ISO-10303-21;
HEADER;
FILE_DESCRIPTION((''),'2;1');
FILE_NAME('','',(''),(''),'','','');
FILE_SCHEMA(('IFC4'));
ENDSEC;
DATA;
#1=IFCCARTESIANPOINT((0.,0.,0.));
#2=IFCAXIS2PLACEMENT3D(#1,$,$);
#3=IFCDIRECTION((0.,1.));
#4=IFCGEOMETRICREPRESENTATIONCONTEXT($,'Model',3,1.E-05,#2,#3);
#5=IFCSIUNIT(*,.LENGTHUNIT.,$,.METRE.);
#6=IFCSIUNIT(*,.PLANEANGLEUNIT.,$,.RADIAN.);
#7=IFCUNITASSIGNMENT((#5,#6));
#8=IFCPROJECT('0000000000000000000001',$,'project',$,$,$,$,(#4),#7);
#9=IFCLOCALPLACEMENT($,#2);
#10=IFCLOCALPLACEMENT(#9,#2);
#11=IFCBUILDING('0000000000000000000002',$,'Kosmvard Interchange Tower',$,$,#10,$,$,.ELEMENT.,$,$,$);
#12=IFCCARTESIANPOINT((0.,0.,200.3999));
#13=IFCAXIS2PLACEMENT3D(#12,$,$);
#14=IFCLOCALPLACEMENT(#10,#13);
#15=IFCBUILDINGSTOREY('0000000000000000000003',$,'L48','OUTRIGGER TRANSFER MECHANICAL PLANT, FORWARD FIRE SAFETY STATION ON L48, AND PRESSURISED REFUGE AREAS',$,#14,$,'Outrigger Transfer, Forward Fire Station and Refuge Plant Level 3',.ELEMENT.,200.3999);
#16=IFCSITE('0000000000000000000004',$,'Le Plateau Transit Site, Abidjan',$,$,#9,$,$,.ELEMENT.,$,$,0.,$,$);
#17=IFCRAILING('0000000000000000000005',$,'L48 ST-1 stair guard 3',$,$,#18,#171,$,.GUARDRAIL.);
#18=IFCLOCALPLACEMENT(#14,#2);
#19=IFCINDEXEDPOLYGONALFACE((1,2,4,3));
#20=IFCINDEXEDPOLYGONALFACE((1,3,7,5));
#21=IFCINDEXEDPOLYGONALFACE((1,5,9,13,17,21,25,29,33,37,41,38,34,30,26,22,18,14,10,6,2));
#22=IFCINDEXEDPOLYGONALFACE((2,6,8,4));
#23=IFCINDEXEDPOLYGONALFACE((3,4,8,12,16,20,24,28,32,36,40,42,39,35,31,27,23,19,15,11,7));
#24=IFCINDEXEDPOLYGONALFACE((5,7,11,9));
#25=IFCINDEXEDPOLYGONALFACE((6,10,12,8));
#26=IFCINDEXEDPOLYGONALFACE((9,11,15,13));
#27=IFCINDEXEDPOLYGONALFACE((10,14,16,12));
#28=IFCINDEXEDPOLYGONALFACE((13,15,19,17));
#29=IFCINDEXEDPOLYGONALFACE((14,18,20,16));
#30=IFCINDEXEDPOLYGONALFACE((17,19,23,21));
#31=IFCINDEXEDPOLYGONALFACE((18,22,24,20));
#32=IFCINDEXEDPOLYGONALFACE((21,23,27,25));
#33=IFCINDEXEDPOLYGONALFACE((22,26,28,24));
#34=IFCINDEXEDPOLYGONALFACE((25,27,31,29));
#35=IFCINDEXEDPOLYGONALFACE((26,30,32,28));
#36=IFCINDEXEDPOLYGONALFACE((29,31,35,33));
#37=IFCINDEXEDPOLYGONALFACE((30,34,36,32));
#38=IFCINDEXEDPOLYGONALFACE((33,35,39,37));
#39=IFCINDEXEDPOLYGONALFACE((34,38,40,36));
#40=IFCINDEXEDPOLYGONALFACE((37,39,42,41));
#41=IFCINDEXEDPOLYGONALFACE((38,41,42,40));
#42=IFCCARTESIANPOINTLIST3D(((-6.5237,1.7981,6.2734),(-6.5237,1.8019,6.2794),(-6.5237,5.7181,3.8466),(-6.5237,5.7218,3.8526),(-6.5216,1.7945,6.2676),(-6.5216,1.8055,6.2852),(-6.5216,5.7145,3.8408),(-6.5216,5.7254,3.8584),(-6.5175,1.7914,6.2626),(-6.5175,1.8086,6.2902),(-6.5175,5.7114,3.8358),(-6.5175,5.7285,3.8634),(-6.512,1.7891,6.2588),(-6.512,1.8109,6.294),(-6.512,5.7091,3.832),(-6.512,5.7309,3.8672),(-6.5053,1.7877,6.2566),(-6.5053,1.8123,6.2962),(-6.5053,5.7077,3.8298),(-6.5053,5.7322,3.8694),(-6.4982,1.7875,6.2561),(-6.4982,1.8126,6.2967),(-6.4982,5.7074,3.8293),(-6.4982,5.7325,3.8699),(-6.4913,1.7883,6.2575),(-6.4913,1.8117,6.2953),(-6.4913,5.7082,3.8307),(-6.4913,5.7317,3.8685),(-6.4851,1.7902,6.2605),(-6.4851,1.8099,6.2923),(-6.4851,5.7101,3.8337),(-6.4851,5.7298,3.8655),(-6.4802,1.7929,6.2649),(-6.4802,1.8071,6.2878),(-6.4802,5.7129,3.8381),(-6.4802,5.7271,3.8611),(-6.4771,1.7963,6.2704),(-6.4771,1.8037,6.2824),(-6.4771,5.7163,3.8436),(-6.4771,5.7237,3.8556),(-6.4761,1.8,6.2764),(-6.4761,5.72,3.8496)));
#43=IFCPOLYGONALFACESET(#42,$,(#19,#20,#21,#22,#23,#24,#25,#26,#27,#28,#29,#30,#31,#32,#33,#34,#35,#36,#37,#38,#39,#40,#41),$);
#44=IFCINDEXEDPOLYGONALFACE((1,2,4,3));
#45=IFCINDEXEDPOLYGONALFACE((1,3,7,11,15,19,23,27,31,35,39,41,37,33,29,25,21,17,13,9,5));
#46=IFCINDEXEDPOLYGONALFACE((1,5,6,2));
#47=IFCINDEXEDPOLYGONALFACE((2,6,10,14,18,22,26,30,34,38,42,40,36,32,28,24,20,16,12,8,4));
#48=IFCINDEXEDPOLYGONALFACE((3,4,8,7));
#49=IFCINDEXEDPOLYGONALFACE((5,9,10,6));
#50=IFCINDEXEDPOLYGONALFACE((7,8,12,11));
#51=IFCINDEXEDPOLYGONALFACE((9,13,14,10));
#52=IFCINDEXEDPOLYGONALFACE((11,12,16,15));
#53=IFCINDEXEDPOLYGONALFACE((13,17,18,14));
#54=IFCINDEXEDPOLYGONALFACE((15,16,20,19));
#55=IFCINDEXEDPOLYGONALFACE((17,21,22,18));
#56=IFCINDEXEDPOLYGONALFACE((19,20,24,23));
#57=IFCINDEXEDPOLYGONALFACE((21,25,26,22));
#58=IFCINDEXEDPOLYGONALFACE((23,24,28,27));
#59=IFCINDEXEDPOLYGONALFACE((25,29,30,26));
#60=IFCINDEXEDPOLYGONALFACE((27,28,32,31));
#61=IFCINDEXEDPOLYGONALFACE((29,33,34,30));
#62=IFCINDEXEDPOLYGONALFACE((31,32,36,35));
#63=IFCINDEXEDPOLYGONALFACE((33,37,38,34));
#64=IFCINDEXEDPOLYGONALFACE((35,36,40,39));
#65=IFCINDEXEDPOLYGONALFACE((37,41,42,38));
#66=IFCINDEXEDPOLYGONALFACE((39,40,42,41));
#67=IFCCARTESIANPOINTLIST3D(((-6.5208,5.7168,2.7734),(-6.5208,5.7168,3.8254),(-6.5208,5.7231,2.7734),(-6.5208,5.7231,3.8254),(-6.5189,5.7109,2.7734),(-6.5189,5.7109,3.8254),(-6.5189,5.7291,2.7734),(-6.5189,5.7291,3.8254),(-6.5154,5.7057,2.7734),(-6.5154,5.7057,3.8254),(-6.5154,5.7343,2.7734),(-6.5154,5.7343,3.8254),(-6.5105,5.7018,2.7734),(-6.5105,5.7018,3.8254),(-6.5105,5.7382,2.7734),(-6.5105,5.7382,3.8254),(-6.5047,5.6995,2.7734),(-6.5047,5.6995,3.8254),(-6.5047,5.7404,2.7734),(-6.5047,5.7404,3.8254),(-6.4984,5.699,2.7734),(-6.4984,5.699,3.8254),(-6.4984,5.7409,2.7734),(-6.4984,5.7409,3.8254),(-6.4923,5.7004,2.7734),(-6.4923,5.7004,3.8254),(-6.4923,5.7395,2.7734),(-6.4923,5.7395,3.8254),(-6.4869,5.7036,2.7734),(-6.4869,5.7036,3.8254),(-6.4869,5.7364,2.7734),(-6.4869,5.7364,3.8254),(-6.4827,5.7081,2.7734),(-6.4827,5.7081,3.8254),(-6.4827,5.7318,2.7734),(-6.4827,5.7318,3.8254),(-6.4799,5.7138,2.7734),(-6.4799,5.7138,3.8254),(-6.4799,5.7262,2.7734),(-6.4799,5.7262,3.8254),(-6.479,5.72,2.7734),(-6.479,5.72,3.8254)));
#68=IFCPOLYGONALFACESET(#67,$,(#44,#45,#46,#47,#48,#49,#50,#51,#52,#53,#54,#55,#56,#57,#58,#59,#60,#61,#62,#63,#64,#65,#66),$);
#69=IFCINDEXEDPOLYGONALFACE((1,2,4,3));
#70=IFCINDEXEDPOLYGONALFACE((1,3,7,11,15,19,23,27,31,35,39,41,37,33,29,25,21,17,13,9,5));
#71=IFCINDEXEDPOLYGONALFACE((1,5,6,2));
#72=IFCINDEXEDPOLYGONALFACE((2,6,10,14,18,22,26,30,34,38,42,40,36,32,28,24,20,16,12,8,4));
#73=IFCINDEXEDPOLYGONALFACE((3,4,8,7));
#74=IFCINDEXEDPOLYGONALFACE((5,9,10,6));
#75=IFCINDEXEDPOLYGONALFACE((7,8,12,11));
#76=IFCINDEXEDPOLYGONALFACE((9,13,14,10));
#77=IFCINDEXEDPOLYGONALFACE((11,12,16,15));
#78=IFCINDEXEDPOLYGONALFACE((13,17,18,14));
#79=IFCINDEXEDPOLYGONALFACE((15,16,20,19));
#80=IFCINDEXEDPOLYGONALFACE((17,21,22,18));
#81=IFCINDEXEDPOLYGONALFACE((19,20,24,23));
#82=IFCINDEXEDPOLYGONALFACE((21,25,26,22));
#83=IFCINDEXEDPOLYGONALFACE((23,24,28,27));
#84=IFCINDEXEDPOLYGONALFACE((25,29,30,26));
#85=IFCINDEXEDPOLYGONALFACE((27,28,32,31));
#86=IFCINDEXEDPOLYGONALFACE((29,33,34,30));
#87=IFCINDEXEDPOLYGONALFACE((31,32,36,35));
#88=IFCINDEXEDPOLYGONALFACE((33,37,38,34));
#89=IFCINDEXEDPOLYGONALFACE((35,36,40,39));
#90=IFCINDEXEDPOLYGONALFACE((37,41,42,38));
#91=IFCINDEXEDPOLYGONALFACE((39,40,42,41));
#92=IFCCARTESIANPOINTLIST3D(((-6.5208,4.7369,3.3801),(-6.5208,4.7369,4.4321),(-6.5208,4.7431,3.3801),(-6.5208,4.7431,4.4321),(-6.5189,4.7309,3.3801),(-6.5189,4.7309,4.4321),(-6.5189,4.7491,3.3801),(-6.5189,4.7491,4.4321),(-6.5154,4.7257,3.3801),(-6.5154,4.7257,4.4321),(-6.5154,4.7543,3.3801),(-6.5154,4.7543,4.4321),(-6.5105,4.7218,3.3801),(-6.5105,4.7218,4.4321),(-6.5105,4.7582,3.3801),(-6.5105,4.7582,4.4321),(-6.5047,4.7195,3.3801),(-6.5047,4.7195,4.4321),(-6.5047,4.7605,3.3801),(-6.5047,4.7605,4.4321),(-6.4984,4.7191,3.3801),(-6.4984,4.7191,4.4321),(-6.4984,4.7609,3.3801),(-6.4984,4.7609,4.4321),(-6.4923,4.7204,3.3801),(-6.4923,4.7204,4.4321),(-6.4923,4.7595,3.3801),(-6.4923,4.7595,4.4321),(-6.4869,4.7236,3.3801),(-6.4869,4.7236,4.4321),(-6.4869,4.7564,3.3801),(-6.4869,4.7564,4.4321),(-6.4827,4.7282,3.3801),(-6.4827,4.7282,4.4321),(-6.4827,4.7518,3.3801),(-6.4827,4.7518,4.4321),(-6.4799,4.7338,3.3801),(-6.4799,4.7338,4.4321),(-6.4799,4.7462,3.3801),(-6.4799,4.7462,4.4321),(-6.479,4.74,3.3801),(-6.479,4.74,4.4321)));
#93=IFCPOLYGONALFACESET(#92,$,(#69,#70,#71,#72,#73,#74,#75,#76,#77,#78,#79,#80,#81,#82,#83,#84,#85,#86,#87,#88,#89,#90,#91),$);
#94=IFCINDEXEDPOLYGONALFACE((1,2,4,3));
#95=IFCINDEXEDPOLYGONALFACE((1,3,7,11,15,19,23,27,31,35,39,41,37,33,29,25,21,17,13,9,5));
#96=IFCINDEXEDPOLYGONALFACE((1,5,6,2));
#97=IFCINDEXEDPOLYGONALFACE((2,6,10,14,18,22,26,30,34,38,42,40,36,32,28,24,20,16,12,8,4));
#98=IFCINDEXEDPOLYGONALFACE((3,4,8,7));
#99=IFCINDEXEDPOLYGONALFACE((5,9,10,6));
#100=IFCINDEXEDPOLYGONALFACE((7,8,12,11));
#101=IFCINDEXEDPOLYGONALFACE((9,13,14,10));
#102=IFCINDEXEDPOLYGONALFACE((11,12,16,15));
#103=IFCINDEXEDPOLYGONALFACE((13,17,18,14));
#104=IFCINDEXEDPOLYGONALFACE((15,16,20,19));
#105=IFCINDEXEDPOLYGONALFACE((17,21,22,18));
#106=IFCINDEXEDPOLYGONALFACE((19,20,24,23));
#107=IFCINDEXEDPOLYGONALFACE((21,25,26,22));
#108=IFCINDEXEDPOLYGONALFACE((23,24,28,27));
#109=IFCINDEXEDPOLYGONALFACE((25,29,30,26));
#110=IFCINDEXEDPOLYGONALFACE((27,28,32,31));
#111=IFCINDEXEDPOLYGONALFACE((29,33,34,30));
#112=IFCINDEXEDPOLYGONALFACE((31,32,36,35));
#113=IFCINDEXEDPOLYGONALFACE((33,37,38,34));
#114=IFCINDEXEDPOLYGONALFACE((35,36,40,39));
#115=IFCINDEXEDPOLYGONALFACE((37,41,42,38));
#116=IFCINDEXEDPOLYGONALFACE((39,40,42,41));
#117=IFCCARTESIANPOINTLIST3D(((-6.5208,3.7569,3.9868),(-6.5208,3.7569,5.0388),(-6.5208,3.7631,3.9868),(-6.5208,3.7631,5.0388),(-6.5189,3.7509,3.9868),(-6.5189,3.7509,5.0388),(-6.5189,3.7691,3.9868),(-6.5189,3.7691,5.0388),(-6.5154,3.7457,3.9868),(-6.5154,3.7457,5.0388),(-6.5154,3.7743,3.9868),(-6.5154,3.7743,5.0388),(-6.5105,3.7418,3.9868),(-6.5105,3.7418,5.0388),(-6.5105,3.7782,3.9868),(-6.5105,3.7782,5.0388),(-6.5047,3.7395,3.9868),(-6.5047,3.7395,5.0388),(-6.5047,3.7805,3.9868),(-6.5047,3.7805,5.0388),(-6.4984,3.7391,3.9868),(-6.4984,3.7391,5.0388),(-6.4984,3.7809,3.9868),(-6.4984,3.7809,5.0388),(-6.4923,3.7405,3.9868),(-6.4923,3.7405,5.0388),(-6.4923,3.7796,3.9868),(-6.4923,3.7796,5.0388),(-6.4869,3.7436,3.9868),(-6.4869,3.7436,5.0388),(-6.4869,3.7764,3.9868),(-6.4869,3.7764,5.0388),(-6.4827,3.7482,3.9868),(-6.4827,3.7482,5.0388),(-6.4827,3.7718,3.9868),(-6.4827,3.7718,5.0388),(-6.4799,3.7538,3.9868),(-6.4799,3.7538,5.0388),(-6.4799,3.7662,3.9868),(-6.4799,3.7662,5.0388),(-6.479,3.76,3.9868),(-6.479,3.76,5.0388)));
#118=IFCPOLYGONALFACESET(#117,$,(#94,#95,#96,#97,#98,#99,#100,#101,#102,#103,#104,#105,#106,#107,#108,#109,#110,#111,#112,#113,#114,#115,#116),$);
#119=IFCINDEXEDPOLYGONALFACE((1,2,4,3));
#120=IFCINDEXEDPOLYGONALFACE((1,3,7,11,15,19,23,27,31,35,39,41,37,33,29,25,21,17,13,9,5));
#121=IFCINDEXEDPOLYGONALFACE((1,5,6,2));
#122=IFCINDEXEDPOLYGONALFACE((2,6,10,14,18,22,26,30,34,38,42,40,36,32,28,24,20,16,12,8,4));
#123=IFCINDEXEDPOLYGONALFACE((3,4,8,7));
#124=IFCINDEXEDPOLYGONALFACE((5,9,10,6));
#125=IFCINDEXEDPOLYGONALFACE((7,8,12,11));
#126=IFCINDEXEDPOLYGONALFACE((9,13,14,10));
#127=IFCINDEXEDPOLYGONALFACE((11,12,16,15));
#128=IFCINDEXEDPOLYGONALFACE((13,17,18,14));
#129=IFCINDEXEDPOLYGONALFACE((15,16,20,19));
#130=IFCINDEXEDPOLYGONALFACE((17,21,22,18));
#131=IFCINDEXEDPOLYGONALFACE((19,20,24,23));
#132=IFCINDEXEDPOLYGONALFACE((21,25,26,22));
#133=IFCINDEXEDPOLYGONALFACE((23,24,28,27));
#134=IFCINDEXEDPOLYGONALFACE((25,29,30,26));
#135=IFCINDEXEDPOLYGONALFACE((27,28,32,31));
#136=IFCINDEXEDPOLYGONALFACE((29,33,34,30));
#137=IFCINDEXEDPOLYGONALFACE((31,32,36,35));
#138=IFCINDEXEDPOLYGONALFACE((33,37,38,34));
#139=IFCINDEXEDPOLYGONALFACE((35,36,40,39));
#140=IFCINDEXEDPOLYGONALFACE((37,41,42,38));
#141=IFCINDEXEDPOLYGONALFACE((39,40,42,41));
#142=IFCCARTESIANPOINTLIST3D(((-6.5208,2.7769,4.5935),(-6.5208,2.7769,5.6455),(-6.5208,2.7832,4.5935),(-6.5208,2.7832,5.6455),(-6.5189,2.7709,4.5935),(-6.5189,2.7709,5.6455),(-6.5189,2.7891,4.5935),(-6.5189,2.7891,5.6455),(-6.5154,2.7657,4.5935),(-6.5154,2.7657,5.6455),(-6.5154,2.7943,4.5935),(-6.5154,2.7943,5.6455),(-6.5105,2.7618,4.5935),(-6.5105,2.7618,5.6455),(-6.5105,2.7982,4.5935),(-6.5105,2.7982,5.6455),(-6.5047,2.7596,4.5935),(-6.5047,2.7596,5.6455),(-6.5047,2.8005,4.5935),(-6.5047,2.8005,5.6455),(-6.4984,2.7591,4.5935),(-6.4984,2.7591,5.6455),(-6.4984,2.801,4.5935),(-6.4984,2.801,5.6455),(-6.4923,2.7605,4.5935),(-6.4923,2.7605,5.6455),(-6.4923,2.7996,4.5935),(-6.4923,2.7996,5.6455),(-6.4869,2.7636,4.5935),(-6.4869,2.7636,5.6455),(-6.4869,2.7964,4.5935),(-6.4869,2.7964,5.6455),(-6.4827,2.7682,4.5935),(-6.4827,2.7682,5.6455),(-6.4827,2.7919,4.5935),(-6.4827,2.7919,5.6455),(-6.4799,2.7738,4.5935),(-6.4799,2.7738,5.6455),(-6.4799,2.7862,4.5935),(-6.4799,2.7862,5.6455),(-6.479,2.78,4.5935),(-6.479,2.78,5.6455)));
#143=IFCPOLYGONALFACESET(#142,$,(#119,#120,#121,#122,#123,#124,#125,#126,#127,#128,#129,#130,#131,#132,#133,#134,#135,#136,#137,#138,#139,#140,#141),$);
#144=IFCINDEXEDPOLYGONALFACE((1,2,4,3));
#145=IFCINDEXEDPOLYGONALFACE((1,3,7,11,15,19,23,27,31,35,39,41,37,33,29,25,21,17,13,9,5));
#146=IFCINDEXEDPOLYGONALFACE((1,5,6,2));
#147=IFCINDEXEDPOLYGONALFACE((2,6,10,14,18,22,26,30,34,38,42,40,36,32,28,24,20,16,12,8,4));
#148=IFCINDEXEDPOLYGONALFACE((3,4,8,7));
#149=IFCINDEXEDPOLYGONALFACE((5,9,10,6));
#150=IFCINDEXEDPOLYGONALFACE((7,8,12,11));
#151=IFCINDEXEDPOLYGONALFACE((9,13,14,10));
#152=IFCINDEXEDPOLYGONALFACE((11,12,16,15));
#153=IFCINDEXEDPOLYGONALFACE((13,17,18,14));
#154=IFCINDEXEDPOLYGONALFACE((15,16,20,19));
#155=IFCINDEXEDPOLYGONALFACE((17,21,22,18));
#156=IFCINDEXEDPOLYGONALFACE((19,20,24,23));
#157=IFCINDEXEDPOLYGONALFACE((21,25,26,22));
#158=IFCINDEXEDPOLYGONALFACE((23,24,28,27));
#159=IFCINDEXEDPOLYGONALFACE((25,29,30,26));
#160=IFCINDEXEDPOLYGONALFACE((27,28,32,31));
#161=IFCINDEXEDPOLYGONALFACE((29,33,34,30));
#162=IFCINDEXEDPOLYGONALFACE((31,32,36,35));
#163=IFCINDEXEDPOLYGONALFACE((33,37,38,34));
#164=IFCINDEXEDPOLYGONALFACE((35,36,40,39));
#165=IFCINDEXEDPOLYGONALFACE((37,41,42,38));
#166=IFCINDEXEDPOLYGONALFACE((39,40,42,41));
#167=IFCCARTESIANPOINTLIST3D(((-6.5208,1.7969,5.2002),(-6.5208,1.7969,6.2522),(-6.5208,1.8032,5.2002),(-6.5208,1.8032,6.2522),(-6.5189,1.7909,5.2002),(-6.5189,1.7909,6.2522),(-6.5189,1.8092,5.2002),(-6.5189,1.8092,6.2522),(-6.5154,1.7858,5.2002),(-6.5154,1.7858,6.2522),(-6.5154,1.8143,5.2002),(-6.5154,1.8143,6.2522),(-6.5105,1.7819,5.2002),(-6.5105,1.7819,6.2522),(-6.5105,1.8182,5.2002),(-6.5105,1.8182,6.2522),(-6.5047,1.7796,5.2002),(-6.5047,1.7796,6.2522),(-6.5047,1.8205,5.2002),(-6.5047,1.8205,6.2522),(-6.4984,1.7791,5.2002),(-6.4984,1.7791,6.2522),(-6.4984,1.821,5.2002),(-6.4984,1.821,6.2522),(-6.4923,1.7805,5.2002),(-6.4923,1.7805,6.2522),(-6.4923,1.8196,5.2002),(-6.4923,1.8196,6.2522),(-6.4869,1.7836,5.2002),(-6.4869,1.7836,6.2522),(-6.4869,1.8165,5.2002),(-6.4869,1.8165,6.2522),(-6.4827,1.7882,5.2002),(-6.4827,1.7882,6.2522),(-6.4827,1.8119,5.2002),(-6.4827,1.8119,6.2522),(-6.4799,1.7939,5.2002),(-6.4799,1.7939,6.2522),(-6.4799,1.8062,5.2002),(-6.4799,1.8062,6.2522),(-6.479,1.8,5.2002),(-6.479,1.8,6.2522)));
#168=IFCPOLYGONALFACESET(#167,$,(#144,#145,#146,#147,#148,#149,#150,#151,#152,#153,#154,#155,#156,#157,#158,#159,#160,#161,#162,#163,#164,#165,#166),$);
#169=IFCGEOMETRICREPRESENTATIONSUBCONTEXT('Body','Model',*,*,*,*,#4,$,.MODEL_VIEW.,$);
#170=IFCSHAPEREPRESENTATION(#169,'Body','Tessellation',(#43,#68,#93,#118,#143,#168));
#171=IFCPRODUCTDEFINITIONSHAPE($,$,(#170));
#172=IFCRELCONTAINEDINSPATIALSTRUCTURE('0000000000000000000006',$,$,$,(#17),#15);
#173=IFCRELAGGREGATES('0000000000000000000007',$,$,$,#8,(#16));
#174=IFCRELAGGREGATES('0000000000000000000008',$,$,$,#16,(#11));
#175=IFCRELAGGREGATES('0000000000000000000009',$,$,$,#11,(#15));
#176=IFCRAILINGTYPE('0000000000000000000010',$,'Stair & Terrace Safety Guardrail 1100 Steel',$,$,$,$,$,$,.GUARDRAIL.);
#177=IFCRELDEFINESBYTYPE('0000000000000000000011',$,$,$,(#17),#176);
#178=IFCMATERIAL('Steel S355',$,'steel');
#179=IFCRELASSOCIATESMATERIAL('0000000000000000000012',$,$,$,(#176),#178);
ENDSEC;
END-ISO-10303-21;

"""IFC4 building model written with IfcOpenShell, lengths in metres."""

from ifc_helpers import new_model, si_unit, direction, frame, origin, origin_2d, place, context, subcontext, project, spatial, circle, extrude, source, transform, mapped, material, type_object, element, save


model = new_model("IFC4")

# Units and contexts
model_context = context("Model", 3, precision=1e-05, world=origin(), true_north=direction((0.0, 1.0)))
body_context = subcontext(model_context, "Body", "Model", "MODEL_VIEW")
ifc_project = project(units=[si_unit("LENGTHUNIT", "METRE"), si_unit("PLANEANGLEUNIT", "RADIAN")], contexts=[model_context])

# Site, building, storey
site_placement = place(None, origin())
site = spatial("IfcSite", under=ifc_project, at=site_placement, Name="Le Plateau Transit Site, Abidjan", CompositionType="ELEMENT", RefElevation=0.0)
building_placement = place(site_placement, origin())
building = spatial("IfcBuilding", under=site, at=building_placement, Name="Kosmvard Interchange Tower", CompositionType="ELEMENT")
storey_placement = place(building_placement, frame((0.0, 0.0, 200.3999)))
storey = spatial("IfcBuildingStorey", under=building, at=storey_placement, Name="L48", Description="OUTRIGGER TRANSFER MECHANICAL PLANT, FORWARD FIRE SAFETY STATION ON L48, AND PRESSURISED REFUGE AREAS", LongName="Outrigger Transfer, Forward Fire Station and Refuge Plant Level 3", CompositionType="ELEMENT", Elevation=200.3999)

# Shared definitions
ifc_material_1 = material(Name="Steel S355", Category="steel")

# Railing
railing_type_1 = type_object("IfcRailingType", Name="Stair & Terrace Safety Guardrail 1100 Steel", PredefinedType="GUARDRAIL", material=ifc_material_1)
shared_shape_1 = source(origin(), body_context, "Body", "SweptSolid", [
    extrude(circle(Radius=0.0239, at=origin_2d()), frame((0.0, 0.0, 1.0762), z_axis=(0.0, -0.850252, 0.526376), x_axis=(1.0, 0.0, 0.0)), (0.0, 0.0, 1.0), 4.6104),
    extrude(circle(Radius=0.021, at=origin_2d()), origin(), (0.0, 0.0, 1.0), 1.052),
    extrude(circle(Radius=0.021, at=origin_2d()), frame((0.0, -0.98, 0.6067)), (0.0, 0.0, 1.0), 1.052),
    extrude(circle(Radius=0.021, at=origin_2d()), frame((0.0, -1.96, 1.2134)), (0.0, 0.0, 1.0), 1.052),
    extrude(circle(Radius=0.021, at=origin_2d()), frame((0.0, -2.9399, 1.8201)), (0.0, 0.0, 1.0), 1.052),
    extrude(circle(Radius=0.021, at=origin_2d()), frame((0.0, -3.9199, 2.4268)), (0.0, 0.0, 1.0), 1.052),
])
railing_1_placement = place(storey_placement, frame((-6.5, 5.72, 2.7734)))
element("IfcRailing", 1, at=railing_1_placement, inside=storey, type_object=railing_type_1, Name="L48 ST-1 stair guard 3", PredefinedType="GUARDRAIL", context=body_context, shape_type="MappedRepresentation", body=[
    mapped(shared_shape_1, transform((0.0, 0.0, 0.0), scale=1.0)),
])

save(model, "model.ifc")
